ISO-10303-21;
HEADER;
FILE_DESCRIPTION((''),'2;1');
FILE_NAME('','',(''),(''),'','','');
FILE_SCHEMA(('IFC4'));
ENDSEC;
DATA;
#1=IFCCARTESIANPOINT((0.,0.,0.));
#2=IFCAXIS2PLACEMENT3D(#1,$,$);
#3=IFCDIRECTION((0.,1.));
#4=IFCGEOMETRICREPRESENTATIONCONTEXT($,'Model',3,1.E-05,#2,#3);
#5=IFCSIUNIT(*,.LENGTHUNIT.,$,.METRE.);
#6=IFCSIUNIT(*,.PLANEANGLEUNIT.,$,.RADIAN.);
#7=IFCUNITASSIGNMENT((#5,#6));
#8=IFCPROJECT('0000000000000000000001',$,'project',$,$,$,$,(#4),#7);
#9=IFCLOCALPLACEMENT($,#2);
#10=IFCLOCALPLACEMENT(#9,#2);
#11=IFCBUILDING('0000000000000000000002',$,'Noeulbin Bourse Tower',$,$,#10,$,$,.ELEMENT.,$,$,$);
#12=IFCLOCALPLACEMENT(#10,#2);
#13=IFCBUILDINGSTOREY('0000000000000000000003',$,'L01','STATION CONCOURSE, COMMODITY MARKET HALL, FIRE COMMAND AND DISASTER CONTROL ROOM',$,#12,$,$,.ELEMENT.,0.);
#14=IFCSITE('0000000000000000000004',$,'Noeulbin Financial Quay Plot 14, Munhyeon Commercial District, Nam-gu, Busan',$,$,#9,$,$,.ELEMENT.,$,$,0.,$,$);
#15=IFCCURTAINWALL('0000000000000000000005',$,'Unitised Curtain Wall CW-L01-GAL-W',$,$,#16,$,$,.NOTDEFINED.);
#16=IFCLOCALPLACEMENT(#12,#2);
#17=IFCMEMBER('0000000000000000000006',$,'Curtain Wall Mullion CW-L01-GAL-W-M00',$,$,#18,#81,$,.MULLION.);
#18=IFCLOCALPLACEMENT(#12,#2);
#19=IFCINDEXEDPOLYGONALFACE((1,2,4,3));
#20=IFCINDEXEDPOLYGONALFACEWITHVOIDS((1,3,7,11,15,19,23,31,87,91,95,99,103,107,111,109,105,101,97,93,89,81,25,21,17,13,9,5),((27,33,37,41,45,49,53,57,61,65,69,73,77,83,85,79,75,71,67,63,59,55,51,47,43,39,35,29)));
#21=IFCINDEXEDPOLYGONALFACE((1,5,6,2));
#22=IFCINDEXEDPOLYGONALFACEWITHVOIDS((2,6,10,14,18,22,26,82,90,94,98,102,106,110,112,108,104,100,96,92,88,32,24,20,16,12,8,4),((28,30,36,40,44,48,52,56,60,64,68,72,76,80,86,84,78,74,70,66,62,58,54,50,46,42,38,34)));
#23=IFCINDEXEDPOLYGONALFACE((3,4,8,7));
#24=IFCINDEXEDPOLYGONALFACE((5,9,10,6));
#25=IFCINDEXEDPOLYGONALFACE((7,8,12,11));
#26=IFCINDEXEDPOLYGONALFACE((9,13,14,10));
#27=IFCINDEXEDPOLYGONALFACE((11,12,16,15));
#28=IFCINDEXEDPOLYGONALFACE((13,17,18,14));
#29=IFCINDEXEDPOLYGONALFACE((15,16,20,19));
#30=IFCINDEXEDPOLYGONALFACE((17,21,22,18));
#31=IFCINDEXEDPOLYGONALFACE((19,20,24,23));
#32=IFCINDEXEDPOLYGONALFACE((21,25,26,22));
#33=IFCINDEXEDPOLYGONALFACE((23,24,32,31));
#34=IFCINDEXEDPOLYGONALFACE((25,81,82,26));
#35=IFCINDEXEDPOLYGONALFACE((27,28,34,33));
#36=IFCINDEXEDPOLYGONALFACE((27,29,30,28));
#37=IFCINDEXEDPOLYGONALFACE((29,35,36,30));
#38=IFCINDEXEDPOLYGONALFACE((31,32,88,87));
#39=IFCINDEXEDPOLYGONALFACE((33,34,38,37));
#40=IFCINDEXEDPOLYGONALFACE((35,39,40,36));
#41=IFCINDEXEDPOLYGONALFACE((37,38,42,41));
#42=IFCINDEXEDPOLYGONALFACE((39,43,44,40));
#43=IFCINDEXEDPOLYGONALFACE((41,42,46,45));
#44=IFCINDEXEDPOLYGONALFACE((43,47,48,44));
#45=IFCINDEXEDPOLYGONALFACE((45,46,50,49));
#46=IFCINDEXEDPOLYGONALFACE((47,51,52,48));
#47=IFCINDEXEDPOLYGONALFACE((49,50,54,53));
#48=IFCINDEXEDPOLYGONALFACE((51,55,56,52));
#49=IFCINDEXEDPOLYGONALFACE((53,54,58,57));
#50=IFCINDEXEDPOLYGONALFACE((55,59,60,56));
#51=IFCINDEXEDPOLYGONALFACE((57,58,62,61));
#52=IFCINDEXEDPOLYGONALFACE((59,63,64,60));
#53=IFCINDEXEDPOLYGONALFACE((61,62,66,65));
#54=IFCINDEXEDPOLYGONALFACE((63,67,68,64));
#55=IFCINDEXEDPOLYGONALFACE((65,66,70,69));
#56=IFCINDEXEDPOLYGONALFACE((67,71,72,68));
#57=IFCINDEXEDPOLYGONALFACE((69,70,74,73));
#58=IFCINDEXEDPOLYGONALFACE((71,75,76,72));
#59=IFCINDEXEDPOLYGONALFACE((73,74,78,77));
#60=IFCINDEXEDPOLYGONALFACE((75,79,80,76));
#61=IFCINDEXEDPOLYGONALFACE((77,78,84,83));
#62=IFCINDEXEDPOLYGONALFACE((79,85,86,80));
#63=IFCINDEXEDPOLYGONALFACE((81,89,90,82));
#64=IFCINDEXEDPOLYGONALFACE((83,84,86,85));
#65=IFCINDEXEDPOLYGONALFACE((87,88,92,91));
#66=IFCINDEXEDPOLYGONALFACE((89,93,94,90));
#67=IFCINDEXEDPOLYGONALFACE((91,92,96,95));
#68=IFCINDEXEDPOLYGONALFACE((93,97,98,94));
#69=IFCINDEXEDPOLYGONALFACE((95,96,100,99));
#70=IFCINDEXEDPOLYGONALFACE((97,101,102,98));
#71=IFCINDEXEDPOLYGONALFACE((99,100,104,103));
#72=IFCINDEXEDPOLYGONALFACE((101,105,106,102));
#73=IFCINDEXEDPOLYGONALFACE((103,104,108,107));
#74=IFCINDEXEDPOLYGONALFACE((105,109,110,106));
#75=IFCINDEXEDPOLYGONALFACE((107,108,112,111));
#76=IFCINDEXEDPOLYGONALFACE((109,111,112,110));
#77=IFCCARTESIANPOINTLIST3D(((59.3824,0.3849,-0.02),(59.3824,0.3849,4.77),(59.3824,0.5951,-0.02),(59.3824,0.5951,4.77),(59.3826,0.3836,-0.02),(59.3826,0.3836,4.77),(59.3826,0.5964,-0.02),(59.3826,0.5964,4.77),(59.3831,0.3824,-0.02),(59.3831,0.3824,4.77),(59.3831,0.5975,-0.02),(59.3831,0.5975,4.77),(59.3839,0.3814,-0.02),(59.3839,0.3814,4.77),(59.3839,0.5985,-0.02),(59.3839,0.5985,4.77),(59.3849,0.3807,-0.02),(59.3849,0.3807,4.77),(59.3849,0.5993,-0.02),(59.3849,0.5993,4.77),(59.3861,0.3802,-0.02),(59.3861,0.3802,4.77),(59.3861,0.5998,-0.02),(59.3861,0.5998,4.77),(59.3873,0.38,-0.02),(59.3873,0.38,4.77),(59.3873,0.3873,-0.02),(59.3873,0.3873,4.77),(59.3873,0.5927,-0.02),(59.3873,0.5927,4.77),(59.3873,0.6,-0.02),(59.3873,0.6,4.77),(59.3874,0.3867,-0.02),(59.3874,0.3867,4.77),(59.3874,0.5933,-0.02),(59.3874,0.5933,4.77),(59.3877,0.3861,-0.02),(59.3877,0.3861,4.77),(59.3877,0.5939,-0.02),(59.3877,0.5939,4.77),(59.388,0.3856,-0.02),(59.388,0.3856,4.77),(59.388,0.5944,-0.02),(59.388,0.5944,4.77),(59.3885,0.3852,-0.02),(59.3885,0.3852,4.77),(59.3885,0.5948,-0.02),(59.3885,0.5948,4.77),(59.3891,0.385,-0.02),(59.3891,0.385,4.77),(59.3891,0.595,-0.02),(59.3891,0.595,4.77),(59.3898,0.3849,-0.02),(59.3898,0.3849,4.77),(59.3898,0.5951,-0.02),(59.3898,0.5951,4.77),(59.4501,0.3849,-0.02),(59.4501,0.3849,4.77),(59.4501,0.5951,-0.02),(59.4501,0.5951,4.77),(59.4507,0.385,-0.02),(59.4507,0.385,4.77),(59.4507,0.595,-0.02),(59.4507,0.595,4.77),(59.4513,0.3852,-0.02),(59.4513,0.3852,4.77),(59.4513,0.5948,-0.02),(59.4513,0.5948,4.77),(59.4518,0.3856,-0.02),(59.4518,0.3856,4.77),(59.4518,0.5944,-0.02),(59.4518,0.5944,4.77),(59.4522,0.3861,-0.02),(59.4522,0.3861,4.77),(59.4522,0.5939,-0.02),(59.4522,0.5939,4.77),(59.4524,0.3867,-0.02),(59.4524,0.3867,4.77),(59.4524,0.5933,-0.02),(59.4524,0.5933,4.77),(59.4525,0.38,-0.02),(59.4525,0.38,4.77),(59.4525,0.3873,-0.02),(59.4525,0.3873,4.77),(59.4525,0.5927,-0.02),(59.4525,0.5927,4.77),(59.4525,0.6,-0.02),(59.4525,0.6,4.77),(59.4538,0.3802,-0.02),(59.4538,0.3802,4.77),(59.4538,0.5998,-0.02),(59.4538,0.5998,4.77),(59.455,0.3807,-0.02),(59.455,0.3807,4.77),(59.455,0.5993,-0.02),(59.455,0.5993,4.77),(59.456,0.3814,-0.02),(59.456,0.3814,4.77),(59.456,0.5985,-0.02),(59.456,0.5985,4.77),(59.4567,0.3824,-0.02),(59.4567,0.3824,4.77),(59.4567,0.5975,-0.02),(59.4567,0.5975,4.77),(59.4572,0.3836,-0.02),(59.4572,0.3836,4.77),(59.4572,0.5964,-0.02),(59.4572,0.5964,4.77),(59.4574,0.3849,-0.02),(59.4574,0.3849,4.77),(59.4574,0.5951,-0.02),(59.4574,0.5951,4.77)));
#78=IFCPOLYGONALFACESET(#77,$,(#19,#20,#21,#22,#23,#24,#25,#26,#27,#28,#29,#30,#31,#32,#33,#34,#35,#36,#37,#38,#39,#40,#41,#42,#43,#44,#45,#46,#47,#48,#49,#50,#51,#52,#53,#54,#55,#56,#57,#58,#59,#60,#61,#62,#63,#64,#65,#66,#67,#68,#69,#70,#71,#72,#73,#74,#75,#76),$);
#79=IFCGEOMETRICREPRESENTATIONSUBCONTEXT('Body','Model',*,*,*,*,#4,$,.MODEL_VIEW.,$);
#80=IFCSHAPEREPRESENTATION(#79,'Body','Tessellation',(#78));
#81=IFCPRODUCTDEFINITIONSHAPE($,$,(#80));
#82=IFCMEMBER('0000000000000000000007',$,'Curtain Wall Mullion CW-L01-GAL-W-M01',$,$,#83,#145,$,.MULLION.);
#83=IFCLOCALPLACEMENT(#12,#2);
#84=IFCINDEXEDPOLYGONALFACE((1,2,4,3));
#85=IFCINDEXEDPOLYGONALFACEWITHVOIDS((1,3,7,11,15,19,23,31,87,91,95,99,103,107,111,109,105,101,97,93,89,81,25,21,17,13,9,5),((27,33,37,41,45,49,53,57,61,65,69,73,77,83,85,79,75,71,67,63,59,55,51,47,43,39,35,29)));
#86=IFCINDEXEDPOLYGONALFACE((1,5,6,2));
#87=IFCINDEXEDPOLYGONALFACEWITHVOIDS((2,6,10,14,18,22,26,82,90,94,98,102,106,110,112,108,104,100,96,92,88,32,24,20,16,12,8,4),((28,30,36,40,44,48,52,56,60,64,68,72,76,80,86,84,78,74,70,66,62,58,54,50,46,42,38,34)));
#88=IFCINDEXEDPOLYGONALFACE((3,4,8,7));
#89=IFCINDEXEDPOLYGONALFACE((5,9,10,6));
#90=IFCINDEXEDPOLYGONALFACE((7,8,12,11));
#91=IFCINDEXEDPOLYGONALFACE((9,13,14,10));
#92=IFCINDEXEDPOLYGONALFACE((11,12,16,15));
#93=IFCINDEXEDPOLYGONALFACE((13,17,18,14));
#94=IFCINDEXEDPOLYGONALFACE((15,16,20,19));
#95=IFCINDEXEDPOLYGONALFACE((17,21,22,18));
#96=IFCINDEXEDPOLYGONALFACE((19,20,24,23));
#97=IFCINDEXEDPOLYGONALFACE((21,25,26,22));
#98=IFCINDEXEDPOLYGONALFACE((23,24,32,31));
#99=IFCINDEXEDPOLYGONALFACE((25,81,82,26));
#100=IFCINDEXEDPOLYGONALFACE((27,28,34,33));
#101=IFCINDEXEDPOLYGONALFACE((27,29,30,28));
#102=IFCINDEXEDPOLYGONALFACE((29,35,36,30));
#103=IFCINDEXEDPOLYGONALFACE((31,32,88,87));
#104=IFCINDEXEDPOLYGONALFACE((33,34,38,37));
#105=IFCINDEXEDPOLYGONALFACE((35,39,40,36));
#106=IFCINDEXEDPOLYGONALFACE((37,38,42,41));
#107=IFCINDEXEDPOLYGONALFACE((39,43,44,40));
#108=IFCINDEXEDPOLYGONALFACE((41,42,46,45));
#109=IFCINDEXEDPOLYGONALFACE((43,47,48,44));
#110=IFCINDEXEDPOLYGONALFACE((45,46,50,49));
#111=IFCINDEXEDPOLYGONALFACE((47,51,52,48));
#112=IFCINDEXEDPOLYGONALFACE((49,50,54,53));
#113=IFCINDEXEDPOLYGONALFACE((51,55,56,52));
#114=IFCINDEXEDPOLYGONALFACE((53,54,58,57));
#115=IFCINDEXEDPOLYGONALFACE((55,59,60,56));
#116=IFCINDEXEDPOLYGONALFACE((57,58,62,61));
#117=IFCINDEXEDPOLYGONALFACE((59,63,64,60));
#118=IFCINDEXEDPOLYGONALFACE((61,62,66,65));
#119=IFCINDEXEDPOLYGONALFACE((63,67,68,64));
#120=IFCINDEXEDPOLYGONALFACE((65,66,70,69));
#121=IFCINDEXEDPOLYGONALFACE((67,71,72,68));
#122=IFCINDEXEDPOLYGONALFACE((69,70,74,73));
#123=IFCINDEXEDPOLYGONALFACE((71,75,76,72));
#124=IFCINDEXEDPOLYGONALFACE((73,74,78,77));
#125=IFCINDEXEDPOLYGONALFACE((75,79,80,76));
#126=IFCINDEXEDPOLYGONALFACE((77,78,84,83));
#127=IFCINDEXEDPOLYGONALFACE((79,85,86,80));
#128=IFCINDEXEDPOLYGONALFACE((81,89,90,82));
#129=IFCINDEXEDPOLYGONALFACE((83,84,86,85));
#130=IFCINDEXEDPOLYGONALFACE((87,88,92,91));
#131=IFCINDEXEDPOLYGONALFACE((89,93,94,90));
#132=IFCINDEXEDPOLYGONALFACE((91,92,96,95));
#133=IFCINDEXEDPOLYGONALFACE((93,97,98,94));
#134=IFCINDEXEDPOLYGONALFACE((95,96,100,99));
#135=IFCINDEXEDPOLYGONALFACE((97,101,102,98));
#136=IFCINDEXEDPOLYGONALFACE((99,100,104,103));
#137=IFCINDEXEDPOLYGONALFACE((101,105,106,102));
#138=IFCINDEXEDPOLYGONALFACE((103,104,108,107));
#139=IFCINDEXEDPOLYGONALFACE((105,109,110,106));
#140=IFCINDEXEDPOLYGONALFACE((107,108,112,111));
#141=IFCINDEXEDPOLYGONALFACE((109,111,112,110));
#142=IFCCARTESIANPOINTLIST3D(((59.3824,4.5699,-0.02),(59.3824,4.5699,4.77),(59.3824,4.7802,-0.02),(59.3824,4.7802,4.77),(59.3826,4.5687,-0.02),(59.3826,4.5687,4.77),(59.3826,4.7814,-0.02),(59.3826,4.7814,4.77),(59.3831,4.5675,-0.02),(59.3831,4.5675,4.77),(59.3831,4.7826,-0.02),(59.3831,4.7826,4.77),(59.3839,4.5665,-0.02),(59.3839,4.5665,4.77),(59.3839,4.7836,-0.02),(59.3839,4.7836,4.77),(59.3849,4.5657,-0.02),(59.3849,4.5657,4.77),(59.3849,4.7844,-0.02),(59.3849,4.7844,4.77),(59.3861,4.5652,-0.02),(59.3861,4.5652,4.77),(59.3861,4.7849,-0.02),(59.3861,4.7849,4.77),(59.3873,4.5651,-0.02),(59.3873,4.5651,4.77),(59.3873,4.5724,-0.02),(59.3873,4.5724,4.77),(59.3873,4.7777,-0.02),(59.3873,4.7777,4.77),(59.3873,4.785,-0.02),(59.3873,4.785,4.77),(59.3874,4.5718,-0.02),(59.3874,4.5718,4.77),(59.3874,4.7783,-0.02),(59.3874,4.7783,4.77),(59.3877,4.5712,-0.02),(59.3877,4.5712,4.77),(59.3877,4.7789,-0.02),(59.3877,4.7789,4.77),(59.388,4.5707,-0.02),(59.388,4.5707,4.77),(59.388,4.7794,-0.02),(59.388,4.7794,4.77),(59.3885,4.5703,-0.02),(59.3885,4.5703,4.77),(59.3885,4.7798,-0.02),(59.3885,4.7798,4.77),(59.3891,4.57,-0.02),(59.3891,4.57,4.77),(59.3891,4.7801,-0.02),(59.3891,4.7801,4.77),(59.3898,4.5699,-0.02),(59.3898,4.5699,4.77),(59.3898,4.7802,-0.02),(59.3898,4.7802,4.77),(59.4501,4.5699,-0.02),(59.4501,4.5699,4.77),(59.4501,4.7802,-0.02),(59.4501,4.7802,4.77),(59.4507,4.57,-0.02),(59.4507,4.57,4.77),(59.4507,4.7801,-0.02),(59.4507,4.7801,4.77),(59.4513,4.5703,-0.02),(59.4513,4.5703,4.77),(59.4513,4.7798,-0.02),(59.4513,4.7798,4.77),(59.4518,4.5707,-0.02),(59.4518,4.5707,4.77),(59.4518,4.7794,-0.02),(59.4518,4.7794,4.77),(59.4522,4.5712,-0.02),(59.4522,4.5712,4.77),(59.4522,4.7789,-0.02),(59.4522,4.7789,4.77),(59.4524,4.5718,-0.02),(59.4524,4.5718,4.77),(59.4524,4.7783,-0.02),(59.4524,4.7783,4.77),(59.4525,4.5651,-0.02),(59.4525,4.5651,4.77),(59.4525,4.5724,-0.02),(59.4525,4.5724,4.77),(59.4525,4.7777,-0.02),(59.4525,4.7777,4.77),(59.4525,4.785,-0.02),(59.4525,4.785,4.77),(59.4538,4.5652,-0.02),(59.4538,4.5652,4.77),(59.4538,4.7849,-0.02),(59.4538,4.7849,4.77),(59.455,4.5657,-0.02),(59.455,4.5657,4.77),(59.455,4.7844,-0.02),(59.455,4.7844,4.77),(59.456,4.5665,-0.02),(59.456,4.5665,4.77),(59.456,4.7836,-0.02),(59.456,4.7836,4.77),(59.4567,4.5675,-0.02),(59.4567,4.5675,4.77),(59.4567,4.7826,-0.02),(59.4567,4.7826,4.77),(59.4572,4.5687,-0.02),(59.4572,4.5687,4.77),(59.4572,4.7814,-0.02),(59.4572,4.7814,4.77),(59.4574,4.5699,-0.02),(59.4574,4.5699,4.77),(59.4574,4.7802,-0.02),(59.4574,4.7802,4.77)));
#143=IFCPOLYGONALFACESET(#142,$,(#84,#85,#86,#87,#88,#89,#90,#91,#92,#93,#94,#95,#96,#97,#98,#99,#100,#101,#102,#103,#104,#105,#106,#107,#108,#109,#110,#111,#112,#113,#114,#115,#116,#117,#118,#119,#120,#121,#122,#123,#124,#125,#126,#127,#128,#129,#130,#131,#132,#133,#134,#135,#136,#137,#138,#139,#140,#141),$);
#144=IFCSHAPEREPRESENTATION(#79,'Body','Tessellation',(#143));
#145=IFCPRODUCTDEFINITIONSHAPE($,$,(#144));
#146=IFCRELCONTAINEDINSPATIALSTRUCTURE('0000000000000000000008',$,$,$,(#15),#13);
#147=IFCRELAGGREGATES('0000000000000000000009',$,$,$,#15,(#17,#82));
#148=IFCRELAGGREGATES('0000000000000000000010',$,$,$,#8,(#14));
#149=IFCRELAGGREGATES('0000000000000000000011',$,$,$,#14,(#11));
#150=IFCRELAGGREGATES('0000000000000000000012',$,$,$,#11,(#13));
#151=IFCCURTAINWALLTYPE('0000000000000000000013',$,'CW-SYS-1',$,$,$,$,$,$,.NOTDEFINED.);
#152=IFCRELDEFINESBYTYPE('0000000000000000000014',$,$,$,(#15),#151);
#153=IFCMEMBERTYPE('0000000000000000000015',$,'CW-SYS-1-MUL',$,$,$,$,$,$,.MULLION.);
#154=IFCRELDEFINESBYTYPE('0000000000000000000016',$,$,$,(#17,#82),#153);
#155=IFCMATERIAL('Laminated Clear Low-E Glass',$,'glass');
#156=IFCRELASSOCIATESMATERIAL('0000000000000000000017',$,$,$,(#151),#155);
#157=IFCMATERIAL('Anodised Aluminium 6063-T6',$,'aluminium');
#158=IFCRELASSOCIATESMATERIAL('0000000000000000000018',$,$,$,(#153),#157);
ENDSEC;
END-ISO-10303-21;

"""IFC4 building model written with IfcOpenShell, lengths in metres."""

from ifc_helpers import new_model, si_unit, direction, frame, origin, origin_2d, place, context, subcontext, project, spatial, hollow_rectangle, extrude, material, material_profile, profile_set, type_object, element, aggregate, save


model = new_model("IFC4")

# Units and contexts
model_context = context("Model", 3, precision=1e-05, world=origin(), true_north=direction((0.0, 1.0)))
body_context = subcontext(model_context, "Body", "Model", "MODEL_VIEW")
ifc_project = project(units=[si_unit("LENGTHUNIT", "METRE"), si_unit("PLANEANGLEUNIT", "RADIAN")], contexts=[model_context])

# Site, building, storey
site_placement = place(None, origin())
site = spatial("IfcSite", under=ifc_project, at=site_placement, Name="Noeulbin Financial Quay Plot 14, Munhyeon Commercial District, Nam-gu, Busan", CompositionType="ELEMENT", RefElevation=0.0)
building_placement = place(site_placement, origin())
building = spatial("IfcBuilding", under=site, at=building_placement, Name="Noeulbin Bourse Tower", CompositionType="ELEMENT")
storey_placement = place(building_placement, origin())
storey = spatial("IfcBuildingStorey", under=building, at=storey_placement, Name="L01", Description="STATION CONCOURSE, COMMODITY MARKET HALL, FIRE COMMAND AND DISASTER CONTROL ROOM", CompositionType="ELEMENT", Elevation=0.0)

# Curtain wall, members
ifc_material_1 = material(Name="Laminated Clear Low-E Glass", Category="glass")
curtain_wall_type = type_object("IfcCurtainWallType", Name="CW-SYS-1", PredefinedType="NOTDEFINED", material=ifc_material_1)
curtain_wall_placement = place(storey_placement, origin())
curtain_wall = element("IfcCurtainWall", 1, at=curtain_wall_placement, inside=storey, type_object=curtain_wall_type, Name="Unitised Curtain Wall CW-L01-GAL-W", PredefinedType="NOTDEFINED")
ifc_material_2 = material(Name="Anodised Aluminium 6063-T6", Category="aluminium")
ifc_material_profile_1 = material_profile(ifc_material_2, hollow_rectangle(XDim=0.075, YDim=0.22, WallThickness=0.0049, InnerFilletRadius=0.0024, OuterFilletRadius=0.0049, at=origin_2d()), Name="ALU-MULL-75x220x5", Category="LoadBearing")
ifc_profile_set_1 = profile_set([ifc_material_profile_1], Name="Anodised Aluminium 6063-T6")
member_type_1 = type_object("IfcMemberType", Name="CW-SYS-1-MUL", PredefinedType="MULLION", material=ifc_profile_set_1)
member_1_placement = place(storey_placement, frame((59.4199, 0.49, -0.02), z_axis=(0.0, 0.0, 1.0), x_axis=(1.0, 0.0, 0.0)))
member_1 = element("IfcMember", 2, at=member_1_placement, type_object=member_type_1, Name="Curtain Wall Mullion CW-L01-GAL-W-M00", PredefinedType="MULLION", context=body_context, shape_type="SweptSolid", body=[
    extrude(hollow_rectangle(XDim=0.075, YDim=0.22, WallThickness=0.0049, InnerFilletRadius=0.0024, OuterFilletRadius=0.0049, at=origin_2d()), origin(), (0.0, 0.0, 1.0), 4.79),
])
member_2_placement = place(storey_placement, frame((59.4199, 4.675, -0.02), z_axis=(0.0, 0.0, 1.0), x_axis=(1.0, 0.0, 0.0)))
member_2 = element("IfcMember", 3, at=member_2_placement, type_object=member_type_1, Name="Curtain Wall Mullion CW-L01-GAL-W-M01", PredefinedType="MULLION", context=body_context, shape_type="SweptSolid", body=[
    extrude(hollow_rectangle(XDim=0.075, YDim=0.22, WallThickness=0.0049, InnerFilletRadius=0.0024, OuterFilletRadius=0.0049, at=origin_2d()), origin(), (0.0, 0.0, 1.0), 4.79),
])
aggregate(curtain_wall, [member_1, member_2])

save(model, "model.ifc")
